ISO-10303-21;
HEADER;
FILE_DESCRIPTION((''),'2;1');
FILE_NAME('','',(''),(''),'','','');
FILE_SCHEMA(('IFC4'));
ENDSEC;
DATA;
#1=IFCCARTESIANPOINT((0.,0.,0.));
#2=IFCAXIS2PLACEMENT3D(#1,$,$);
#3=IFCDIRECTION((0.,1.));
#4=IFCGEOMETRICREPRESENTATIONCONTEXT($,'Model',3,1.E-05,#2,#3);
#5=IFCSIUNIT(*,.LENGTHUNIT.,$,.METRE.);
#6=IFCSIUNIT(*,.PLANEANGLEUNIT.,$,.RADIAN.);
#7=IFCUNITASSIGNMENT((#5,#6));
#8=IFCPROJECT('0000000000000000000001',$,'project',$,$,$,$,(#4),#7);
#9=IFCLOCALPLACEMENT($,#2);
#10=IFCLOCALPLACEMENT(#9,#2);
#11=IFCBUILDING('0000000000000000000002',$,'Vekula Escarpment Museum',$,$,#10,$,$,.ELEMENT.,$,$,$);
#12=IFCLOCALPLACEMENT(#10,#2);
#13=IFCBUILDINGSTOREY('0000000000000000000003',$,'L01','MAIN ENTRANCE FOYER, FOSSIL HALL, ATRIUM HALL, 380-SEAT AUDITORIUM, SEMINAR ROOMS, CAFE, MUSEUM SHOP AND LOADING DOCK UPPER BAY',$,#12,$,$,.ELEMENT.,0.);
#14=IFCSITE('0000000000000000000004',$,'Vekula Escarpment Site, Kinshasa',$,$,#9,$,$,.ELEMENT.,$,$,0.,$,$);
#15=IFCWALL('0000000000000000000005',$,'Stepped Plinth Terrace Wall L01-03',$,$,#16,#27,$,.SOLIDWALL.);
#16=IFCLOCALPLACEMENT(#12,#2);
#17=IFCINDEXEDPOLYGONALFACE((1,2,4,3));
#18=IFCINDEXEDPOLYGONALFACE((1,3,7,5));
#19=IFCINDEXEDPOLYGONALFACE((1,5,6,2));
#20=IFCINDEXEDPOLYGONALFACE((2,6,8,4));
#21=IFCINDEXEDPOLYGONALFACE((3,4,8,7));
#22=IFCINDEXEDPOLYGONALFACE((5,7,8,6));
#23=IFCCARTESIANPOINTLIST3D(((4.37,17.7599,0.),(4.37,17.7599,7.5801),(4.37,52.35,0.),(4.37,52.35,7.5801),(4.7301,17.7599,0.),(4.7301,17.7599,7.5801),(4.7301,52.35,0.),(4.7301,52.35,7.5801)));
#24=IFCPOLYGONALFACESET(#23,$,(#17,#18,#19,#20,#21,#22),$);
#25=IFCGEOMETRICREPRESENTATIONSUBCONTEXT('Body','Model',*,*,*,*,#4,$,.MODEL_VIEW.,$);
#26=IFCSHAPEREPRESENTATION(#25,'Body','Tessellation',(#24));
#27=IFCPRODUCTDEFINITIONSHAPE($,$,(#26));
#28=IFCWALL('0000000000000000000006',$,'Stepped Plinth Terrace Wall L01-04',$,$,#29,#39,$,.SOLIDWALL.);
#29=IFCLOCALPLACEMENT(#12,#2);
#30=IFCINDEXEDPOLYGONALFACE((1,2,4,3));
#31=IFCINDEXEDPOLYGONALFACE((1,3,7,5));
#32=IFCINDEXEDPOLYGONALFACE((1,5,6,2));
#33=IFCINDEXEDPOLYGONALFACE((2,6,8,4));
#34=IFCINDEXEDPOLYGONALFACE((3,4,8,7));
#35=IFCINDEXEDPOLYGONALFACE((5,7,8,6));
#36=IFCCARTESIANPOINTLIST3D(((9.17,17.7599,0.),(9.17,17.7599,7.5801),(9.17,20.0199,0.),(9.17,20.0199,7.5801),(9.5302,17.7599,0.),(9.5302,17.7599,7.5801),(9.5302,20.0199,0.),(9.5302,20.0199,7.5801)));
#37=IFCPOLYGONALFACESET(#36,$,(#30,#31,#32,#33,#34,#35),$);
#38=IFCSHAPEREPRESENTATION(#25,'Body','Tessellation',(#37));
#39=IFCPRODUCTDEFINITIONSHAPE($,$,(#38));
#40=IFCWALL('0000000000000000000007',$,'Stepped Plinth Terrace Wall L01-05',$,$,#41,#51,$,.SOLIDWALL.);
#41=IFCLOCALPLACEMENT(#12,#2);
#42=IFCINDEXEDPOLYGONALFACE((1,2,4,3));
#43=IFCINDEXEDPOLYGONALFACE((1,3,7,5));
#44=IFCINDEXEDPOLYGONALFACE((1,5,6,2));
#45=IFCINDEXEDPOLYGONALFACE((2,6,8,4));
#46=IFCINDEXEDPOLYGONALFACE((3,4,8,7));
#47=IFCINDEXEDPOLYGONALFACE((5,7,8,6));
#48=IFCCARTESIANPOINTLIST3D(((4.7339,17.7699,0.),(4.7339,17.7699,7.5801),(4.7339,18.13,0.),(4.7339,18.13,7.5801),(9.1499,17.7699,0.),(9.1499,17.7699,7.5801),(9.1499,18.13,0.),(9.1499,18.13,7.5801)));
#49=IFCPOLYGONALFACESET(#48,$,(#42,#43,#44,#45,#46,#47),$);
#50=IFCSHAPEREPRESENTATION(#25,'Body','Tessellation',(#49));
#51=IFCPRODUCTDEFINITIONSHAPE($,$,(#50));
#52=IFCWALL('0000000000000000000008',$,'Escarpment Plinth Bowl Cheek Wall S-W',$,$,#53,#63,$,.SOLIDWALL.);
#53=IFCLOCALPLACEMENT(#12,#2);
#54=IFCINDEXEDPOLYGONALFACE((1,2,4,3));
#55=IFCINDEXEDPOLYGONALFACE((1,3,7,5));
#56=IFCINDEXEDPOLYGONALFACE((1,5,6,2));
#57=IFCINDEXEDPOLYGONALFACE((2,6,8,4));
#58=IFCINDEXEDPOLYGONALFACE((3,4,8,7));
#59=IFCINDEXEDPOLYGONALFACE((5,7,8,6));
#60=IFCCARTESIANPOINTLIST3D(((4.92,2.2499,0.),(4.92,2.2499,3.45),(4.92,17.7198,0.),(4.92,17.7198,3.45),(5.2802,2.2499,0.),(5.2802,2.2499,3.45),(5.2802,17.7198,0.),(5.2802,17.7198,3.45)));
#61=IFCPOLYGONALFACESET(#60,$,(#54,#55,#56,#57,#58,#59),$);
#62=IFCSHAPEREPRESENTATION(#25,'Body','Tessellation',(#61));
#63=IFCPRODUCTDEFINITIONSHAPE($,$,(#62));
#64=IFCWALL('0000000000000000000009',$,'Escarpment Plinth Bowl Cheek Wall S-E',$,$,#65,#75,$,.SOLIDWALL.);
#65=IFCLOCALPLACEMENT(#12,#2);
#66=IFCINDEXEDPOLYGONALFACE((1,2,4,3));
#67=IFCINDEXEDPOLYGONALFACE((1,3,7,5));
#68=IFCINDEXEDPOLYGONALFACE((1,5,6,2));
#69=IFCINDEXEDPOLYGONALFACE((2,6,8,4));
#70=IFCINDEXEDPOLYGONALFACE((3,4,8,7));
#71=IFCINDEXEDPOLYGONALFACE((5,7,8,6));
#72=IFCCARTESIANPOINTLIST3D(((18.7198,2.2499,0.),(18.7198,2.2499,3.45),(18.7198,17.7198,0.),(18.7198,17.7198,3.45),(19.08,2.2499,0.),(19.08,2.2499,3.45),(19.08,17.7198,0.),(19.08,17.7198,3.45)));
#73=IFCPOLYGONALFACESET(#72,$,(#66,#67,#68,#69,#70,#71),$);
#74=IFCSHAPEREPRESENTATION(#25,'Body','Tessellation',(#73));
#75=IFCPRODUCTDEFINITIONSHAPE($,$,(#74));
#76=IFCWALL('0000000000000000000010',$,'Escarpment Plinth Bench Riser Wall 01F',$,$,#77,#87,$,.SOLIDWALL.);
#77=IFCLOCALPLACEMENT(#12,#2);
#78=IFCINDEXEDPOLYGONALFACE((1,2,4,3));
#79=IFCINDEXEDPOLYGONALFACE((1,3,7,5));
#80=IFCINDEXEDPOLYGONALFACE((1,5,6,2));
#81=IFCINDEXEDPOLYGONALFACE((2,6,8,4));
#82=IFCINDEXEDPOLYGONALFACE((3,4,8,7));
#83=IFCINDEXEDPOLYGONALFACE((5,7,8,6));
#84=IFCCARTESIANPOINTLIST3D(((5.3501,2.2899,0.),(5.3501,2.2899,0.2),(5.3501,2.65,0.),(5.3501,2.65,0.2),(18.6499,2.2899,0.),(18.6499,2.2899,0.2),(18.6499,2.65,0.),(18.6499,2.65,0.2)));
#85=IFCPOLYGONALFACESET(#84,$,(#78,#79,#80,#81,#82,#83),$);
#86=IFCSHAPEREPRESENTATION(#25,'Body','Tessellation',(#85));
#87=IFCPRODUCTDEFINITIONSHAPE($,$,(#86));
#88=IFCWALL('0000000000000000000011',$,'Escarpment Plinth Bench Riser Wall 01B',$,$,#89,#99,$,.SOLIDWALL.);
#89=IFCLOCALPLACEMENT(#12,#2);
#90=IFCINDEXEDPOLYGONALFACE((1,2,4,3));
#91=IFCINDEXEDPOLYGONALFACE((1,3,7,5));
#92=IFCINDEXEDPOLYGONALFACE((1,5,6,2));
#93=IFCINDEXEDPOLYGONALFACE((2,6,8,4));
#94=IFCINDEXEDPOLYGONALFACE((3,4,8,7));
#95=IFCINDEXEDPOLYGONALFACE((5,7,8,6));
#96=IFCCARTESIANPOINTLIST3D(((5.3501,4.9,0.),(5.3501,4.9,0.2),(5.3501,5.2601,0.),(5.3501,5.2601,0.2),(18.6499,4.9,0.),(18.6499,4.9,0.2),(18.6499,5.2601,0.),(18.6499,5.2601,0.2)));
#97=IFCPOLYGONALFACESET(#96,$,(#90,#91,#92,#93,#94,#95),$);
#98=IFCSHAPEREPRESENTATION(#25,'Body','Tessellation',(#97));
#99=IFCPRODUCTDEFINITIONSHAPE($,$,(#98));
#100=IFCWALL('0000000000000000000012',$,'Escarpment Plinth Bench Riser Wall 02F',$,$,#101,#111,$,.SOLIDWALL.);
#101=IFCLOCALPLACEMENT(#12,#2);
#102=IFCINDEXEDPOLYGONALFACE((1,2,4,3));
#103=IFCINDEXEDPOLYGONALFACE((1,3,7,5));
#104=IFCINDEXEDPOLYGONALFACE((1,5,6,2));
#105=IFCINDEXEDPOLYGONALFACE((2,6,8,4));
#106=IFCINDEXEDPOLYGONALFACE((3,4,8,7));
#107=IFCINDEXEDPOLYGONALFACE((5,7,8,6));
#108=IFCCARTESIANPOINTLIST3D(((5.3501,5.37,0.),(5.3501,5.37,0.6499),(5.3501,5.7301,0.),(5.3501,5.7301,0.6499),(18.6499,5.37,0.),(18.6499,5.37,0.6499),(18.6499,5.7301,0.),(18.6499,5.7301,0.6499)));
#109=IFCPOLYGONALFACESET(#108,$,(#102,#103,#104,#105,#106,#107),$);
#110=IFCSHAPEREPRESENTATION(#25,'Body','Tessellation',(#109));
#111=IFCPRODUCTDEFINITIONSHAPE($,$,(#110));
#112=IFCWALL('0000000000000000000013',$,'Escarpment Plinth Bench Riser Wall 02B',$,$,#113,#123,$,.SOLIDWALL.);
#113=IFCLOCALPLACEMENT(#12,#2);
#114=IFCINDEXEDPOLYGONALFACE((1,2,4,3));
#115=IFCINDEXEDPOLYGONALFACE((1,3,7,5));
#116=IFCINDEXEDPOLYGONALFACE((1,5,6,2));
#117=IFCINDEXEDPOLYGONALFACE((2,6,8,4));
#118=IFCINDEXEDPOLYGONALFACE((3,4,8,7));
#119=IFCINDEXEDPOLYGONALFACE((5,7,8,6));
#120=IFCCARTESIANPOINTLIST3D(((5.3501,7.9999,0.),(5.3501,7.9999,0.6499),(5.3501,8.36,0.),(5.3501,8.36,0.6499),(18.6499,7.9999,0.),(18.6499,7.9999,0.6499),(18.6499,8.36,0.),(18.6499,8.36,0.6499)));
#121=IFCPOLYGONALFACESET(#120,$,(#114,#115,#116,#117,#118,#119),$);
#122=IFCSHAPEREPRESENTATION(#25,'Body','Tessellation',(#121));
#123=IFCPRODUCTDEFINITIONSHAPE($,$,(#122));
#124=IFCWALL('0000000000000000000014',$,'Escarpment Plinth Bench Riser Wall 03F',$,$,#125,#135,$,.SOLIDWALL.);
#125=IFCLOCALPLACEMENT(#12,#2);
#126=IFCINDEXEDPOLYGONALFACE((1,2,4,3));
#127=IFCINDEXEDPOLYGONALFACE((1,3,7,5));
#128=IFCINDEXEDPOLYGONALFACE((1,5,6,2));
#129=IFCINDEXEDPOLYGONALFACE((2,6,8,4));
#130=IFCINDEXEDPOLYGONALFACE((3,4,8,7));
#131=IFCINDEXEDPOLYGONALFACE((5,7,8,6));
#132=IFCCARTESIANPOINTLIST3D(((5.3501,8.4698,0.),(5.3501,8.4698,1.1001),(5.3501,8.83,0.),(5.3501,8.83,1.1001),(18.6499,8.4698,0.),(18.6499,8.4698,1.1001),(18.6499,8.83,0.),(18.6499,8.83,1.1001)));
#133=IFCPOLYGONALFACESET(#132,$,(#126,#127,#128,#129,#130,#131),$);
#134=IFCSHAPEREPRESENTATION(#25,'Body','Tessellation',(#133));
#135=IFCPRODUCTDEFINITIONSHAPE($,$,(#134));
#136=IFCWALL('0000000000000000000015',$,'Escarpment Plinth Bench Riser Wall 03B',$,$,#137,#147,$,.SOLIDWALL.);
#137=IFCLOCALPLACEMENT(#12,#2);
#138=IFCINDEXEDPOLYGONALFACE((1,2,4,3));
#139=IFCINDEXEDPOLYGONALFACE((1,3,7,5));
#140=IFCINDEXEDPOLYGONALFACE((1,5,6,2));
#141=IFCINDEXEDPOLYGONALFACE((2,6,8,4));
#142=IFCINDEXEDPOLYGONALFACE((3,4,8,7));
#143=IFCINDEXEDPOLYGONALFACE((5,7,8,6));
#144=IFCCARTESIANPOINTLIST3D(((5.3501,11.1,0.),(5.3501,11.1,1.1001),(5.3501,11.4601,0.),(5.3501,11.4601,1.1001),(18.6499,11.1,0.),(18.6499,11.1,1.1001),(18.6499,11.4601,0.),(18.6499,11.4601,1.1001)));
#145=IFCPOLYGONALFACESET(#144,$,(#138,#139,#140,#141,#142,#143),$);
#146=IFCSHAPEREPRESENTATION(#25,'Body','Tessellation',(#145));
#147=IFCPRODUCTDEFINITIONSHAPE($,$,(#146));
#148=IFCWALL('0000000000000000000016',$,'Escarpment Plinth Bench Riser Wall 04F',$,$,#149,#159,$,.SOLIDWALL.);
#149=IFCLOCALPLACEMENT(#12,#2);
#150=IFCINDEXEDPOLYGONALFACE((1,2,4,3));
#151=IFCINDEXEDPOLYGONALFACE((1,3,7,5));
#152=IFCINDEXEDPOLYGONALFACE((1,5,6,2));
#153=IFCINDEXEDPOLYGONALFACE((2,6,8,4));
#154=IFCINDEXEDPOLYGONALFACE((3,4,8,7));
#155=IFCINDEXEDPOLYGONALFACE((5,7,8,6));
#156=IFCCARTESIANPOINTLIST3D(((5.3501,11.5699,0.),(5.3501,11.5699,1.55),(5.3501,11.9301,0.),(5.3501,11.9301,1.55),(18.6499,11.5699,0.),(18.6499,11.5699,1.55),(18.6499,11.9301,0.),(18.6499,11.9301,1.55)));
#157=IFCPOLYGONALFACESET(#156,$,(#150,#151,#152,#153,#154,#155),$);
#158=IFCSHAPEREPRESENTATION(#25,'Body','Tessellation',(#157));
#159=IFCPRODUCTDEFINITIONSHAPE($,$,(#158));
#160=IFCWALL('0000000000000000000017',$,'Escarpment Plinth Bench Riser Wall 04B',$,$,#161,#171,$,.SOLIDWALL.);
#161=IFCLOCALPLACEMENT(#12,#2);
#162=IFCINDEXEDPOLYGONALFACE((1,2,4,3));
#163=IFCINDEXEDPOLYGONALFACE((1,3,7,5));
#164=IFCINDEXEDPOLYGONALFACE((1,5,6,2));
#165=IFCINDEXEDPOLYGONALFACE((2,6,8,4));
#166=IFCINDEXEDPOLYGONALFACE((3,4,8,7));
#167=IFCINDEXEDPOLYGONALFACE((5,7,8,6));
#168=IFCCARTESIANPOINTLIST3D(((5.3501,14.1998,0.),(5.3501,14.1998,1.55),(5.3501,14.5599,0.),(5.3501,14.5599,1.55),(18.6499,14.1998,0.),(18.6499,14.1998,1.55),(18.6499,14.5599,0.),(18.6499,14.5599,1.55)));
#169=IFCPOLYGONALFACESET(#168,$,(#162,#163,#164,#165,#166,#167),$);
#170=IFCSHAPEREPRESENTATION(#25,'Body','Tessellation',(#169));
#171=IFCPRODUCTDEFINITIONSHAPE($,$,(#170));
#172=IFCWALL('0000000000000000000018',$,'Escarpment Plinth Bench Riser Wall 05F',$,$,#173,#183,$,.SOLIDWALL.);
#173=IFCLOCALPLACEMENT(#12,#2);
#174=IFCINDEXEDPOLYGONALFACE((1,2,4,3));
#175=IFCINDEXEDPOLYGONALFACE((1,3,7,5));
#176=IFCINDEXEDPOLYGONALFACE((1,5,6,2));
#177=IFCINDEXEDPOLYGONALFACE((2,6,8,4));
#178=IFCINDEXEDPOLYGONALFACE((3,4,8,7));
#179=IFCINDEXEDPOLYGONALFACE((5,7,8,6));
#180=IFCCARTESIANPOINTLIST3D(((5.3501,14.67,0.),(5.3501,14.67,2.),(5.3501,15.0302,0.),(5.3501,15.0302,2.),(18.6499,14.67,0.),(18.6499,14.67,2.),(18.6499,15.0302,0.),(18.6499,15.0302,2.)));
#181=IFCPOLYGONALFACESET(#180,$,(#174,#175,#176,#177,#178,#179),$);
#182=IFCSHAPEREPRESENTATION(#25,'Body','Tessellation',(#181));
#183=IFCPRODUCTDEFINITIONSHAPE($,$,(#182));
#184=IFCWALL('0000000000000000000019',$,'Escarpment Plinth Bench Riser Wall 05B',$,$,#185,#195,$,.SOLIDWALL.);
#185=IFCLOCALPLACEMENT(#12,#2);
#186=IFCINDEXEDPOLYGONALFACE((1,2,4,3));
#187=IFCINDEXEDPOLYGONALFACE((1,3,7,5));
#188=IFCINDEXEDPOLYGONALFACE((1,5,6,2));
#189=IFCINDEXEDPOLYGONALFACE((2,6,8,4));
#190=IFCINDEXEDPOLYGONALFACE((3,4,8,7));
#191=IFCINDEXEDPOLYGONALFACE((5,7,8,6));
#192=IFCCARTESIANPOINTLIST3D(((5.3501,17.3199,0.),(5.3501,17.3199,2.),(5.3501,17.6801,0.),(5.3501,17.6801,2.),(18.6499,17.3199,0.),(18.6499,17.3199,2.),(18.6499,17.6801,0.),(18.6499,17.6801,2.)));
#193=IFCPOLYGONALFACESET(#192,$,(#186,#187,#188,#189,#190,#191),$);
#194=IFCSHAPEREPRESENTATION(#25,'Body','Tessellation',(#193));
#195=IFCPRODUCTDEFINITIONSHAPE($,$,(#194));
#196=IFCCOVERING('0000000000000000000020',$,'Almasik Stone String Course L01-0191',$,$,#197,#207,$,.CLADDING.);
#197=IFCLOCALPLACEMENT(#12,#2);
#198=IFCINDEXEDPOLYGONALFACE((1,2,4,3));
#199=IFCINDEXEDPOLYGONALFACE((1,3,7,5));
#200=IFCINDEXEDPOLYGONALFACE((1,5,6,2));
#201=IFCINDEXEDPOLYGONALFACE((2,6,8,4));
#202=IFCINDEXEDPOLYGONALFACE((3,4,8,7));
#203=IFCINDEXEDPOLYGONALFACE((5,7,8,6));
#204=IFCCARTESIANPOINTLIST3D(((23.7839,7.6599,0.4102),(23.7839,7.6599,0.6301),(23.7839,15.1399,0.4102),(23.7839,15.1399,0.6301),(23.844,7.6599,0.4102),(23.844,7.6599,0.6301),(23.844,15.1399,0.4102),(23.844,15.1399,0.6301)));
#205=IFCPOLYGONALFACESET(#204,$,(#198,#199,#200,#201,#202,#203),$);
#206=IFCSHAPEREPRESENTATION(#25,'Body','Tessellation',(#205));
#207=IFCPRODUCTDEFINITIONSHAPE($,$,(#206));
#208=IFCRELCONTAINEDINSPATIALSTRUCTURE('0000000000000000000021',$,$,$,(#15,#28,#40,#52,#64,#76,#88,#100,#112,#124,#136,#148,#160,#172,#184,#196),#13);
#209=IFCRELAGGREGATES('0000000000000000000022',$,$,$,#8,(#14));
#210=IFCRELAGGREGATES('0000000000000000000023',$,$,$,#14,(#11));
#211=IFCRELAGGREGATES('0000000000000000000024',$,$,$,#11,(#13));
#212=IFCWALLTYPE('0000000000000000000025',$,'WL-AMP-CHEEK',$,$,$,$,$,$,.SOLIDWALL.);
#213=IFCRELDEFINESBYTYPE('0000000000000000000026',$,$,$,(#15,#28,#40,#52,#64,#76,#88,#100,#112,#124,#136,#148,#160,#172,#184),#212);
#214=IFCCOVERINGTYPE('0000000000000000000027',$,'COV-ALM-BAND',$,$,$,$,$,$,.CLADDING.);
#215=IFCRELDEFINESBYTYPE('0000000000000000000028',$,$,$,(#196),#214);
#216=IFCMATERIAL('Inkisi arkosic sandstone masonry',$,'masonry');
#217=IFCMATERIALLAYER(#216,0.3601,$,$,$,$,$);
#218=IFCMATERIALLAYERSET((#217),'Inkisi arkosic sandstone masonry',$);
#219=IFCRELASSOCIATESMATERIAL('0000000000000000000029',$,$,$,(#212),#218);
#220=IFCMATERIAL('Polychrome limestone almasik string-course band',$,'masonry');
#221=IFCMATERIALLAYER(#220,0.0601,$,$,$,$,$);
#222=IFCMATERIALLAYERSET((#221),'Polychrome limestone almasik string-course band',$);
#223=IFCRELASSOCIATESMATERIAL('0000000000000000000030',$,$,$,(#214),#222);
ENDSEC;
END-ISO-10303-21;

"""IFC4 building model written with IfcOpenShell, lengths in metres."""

from ifc_helpers import new_model, si_unit, direction, frame, frame_2d, origin, origin_2d, place, context, subcontext, project, spatial, rectangle, extrude, material, layer, layer_set, type_object, element, save


model = new_model("IFC4")

# Units and contexts
model_context = context("Model", 3, precision=1e-05, world=origin(), true_north=direction((0.0, 1.0)))
body_context = subcontext(model_context, "Body", "Model", "MODEL_VIEW")
ifc_project = project(units=[si_unit("LENGTHUNIT", "METRE"), si_unit("PLANEANGLEUNIT", "RADIAN")], contexts=[model_context])

# Site, building, storey
site_placement = place(None, origin())
site = spatial("IfcSite", under=ifc_project, at=site_placement, Name="Vekula Escarpment Site, Kinshasa", CompositionType="ELEMENT", RefElevation=0.0)
building_placement = place(site_placement, origin())
building = spatial("IfcBuilding", under=site, at=building_placement, Name="Vekula Escarpment Museum", CompositionType="ELEMENT")
storey_placement = place(building_placement, origin())
storey = spatial("IfcBuildingStorey", under=building, at=storey_placement, Name="L01", Description="MAIN ENTRANCE FOYER, FOSSIL HALL, ATRIUM HALL, 380-SEAT AUDITORIUM, SEMINAR ROOMS, CAFE, MUSEUM SHOP AND LOADING DOCK UPPER BAY", CompositionType="ELEMENT", Elevation=0.0)

# Walls
ifc_material_1 = material(Name="Inkisi arkosic sandstone masonry", Category="masonry")
ifc_layer_1 = layer(ifc_material_1, 0.3601)
ifc_layer_set_1 = layer_set([ifc_layer_1], Name="Inkisi arkosic sandstone masonry")
wall_type = type_object("IfcWallType", Name="WL-AMP-CHEEK", PredefinedType="SOLIDWALL", material=ifc_layer_set_1)
wall_1_placement = place(storey_placement, frame((4.55, 17.76, 0.0), z_axis=(0.0, 0.0, 1.0), x_axis=(0.0, 1.0, 0.0)))
element("IfcWall", 1, at=wall_1_placement, inside=storey, type_object=wall_type, Name="Stepped Plinth Terrace Wall L01-03", PredefinedType="SOLIDWALL", context=body_context, shape_type="SweptSolid", body=[
    extrude(rectangle(XDim=34.5901, YDim=0.3601, at=frame_2d((17.2949, 0.0))), origin(), (0.0, 0.0, 1.0), 7.5801),
])
wall_2_placement = place(storey_placement, frame((9.3501, 17.76, 0.0), z_axis=(0.0, 0.0, 1.0), x_axis=(0.0, 1.0, 0.0)))
element("IfcWall", 2, at=wall_2_placement, inside=storey, type_object=wall_type, Name="Stepped Plinth Terrace Wall L01-04", PredefinedType="SOLIDWALL", context=body_context, shape_type="SweptSolid", body=[
    extrude(rectangle(XDim=2.26, YDim=0.3601, at=frame_2d((1.1299, 0.0))), origin(), (0.0, 0.0, 1.0), 7.5801),
])
wall_3_placement = place(storey_placement, frame((4.7339, 17.95, 0.0), z_axis=(0.0, 0.0, 1.0), x_axis=(1.0, 0.0, 0.0)))
element("IfcWall", 3, at=wall_3_placement, inside=storey, type_object=wall_type, Name="Stepped Plinth Terrace Wall L01-05", PredefinedType="SOLIDWALL", context=body_context, shape_type="SweptSolid", body=[
    extrude(rectangle(XDim=4.416, YDim=0.3601, at=frame_2d((2.208, 0.0))), origin(), (0.0, 0.0, 1.0), 7.5801),
])
for number, where, z_axis, x_axis, name in (
    (4, (5.1001, 2.25, 0.0), (0.0, 0.0, 1.0), (0.0, 1.0, 0.0), "Escarpment Plinth Bowl Cheek Wall S-W"),
    (5, (18.8999, 2.25, 0.0), (0.0, 0.0, 1.0), (0.0, 1.0, 0.0), "Escarpment Plinth Bowl Cheek Wall S-E"),
):
    element("IfcWall", number, at=place(storey_placement, frame(where, z_axis=z_axis, x_axis=x_axis)), inside=storey, type_object=wall_type, Name=name, PredefinedType="SOLIDWALL", context=body_context, shape_type="SweptSolid", body=[
        extrude(rectangle(XDim=15.47, YDim=0.3601, at=frame_2d((7.7349, 0.0))), origin(), (0.0, 0.0, 1.0), 3.45),
    ])
for number, where, z_axis, x_axis, name in (
    (6, (5.3501, 2.47, 0.0), (0.0, 0.0, 1.0), (1.0, 0.0, 0.0), "Escarpment Plinth Bench Riser Wall 01F"),
    (7, (5.3501, 5.0801, 0.0), (0.0, 0.0, 1.0), (1.0, 0.0, 0.0), "Escarpment Plinth Bench Riser Wall 01B"),
):
    element("IfcWall", number, at=place(storey_placement, frame(where, z_axis=z_axis, x_axis=x_axis)), inside=storey, type_object=wall_type, Name=name, PredefinedType="SOLIDWALL", context=body_context, shape_type="SweptSolid", body=[
        extrude(rectangle(XDim=13.2998, YDim=0.3601, at=frame_2d((6.6499, 0.0))), origin(), (0.0, 0.0, 1.0), 0.2),
    ])
for number, where, z_axis, x_axis, name in (
    (8, (5.3501, 5.55, 0.0), (0.0, 0.0, 1.0), (1.0, 0.0, 0.0), "Escarpment Plinth Bench Riser Wall 02F"),
    (9, (5.3501, 8.1799, 0.0), (0.0, 0.0, 1.0), (1.0, 0.0, 0.0), "Escarpment Plinth Bench Riser Wall 02B"),
):
    element("IfcWall", number, at=place(storey_placement, frame(where, z_axis=z_axis, x_axis=x_axis)), inside=storey, type_object=wall_type, Name=name, PredefinedType="SOLIDWALL", context=body_context, shape_type="SweptSolid", body=[
        extrude(rectangle(XDim=13.2998, YDim=0.3601, at=frame_2d((6.6499, 0.0))), origin(), (0.0, 0.0, 1.0), 0.6499),
    ])
for number, where, z_axis, x_axis, name in (
    (10, (5.3501, 8.6499, 0.0), (0.0, 0.0, 1.0), (1.0, 0.0, 0.0), "Escarpment Plinth Bench Riser Wall 03F"),
    (11, (5.3501, 11.28, 0.0), (0.0, 0.0, 1.0), (1.0, 0.0, 0.0), "Escarpment Plinth Bench Riser Wall 03B"),
):
    element("IfcWall", number, at=place(storey_placement, frame(where, z_axis=z_axis, x_axis=x_axis)), inside=storey, type_object=wall_type, Name=name, PredefinedType="SOLIDWALL", context=body_context, shape_type="SweptSolid", body=[
        extrude(rectangle(XDim=13.2998, YDim=0.3601, at=frame_2d((6.6499, 0.0))), origin(), (0.0, 0.0, 1.0), 1.1001),
    ])
for number, where, z_axis, x_axis, name in (
    (12, (5.3501, 11.75, 0.0), (0.0, 0.0, 1.0), (1.0, 0.0, 0.0), "Escarpment Plinth Bench Riser Wall 04F"),
    (13, (5.3501, 14.3799, 0.0), (0.0, 0.0, 1.0), (1.0, 0.0, 0.0), "Escarpment Plinth Bench Riser Wall 04B"),
):
    element("IfcWall", number, at=place(storey_placement, frame(where, z_axis=z_axis, x_axis=x_axis)), inside=storey, type_object=wall_type, Name=name, PredefinedType="SOLIDWALL", context=body_context, shape_type="SweptSolid", body=[
        extrude(rectangle(XDim=13.2998, YDim=0.3601, at=frame_2d((6.6499, 0.0))), origin(), (0.0, 0.0, 1.0), 1.55),
    ])
for number, where, z_axis, x_axis, name in (
    (14, (5.3501, 14.8501, 0.0), (0.0, 0.0, 1.0), (1.0, 0.0, 0.0), "Escarpment Plinth Bench Riser Wall 05F"),
    (15, (5.3501, 17.5, 0.0), (0.0, 0.0, 1.0), (1.0, 0.0, 0.0), "Escarpment Plinth Bench Riser Wall 05B"),
):
    element("IfcWall", number, at=place(storey_placement, frame(where, z_axis=z_axis, x_axis=x_axis)), inside=storey, type_object=wall_type, Name=name, PredefinedType="SOLIDWALL", context=body_context, shape_type="SweptSolid", body=[
        extrude(rectangle(XDim=13.2998, YDim=0.3601, at=frame_2d((6.6499, 0.0))), origin(), (0.0, 0.0, 1.0), 2.0),
    ])

# Covering
ifc_material_2 = material(Name="Polychrome limestone almasik string-course band", Category="masonry")
ifc_layer_2 = layer(ifc_material_2, 0.0601)
ifc_layer_set_2 = layer_set([ifc_layer_2], Name="Polychrome limestone almasik string-course band")
covering_type = type_object("IfcCoveringType", Name="COV-ALM-BAND", PredefinedType="CLADDING", material=ifc_layer_set_2)
for number, where, z_axis, x_axis, name in (
    (16, (23.814, 11.3999, 0.4102), (0.0, 0.0, 1.0), (0.0, 1.0, 0.0), "Almasik Stone String Course L01-0191"),
):
    element("IfcCovering", number, at=place(storey_placement, frame(where, z_axis=z_axis, x_axis=x_axis)), inside=storey, type_object=covering_type, Name=name, PredefinedType="CLADDING", context=body_context, shape_type="SweptSolid", body=[
        extrude(rectangle(XDim=7.48, YDim=0.0601, at=origin_2d()), origin(), (0.0, 0.0, 1.0), 0.22),
    ])

save(model, "model.ifc")
